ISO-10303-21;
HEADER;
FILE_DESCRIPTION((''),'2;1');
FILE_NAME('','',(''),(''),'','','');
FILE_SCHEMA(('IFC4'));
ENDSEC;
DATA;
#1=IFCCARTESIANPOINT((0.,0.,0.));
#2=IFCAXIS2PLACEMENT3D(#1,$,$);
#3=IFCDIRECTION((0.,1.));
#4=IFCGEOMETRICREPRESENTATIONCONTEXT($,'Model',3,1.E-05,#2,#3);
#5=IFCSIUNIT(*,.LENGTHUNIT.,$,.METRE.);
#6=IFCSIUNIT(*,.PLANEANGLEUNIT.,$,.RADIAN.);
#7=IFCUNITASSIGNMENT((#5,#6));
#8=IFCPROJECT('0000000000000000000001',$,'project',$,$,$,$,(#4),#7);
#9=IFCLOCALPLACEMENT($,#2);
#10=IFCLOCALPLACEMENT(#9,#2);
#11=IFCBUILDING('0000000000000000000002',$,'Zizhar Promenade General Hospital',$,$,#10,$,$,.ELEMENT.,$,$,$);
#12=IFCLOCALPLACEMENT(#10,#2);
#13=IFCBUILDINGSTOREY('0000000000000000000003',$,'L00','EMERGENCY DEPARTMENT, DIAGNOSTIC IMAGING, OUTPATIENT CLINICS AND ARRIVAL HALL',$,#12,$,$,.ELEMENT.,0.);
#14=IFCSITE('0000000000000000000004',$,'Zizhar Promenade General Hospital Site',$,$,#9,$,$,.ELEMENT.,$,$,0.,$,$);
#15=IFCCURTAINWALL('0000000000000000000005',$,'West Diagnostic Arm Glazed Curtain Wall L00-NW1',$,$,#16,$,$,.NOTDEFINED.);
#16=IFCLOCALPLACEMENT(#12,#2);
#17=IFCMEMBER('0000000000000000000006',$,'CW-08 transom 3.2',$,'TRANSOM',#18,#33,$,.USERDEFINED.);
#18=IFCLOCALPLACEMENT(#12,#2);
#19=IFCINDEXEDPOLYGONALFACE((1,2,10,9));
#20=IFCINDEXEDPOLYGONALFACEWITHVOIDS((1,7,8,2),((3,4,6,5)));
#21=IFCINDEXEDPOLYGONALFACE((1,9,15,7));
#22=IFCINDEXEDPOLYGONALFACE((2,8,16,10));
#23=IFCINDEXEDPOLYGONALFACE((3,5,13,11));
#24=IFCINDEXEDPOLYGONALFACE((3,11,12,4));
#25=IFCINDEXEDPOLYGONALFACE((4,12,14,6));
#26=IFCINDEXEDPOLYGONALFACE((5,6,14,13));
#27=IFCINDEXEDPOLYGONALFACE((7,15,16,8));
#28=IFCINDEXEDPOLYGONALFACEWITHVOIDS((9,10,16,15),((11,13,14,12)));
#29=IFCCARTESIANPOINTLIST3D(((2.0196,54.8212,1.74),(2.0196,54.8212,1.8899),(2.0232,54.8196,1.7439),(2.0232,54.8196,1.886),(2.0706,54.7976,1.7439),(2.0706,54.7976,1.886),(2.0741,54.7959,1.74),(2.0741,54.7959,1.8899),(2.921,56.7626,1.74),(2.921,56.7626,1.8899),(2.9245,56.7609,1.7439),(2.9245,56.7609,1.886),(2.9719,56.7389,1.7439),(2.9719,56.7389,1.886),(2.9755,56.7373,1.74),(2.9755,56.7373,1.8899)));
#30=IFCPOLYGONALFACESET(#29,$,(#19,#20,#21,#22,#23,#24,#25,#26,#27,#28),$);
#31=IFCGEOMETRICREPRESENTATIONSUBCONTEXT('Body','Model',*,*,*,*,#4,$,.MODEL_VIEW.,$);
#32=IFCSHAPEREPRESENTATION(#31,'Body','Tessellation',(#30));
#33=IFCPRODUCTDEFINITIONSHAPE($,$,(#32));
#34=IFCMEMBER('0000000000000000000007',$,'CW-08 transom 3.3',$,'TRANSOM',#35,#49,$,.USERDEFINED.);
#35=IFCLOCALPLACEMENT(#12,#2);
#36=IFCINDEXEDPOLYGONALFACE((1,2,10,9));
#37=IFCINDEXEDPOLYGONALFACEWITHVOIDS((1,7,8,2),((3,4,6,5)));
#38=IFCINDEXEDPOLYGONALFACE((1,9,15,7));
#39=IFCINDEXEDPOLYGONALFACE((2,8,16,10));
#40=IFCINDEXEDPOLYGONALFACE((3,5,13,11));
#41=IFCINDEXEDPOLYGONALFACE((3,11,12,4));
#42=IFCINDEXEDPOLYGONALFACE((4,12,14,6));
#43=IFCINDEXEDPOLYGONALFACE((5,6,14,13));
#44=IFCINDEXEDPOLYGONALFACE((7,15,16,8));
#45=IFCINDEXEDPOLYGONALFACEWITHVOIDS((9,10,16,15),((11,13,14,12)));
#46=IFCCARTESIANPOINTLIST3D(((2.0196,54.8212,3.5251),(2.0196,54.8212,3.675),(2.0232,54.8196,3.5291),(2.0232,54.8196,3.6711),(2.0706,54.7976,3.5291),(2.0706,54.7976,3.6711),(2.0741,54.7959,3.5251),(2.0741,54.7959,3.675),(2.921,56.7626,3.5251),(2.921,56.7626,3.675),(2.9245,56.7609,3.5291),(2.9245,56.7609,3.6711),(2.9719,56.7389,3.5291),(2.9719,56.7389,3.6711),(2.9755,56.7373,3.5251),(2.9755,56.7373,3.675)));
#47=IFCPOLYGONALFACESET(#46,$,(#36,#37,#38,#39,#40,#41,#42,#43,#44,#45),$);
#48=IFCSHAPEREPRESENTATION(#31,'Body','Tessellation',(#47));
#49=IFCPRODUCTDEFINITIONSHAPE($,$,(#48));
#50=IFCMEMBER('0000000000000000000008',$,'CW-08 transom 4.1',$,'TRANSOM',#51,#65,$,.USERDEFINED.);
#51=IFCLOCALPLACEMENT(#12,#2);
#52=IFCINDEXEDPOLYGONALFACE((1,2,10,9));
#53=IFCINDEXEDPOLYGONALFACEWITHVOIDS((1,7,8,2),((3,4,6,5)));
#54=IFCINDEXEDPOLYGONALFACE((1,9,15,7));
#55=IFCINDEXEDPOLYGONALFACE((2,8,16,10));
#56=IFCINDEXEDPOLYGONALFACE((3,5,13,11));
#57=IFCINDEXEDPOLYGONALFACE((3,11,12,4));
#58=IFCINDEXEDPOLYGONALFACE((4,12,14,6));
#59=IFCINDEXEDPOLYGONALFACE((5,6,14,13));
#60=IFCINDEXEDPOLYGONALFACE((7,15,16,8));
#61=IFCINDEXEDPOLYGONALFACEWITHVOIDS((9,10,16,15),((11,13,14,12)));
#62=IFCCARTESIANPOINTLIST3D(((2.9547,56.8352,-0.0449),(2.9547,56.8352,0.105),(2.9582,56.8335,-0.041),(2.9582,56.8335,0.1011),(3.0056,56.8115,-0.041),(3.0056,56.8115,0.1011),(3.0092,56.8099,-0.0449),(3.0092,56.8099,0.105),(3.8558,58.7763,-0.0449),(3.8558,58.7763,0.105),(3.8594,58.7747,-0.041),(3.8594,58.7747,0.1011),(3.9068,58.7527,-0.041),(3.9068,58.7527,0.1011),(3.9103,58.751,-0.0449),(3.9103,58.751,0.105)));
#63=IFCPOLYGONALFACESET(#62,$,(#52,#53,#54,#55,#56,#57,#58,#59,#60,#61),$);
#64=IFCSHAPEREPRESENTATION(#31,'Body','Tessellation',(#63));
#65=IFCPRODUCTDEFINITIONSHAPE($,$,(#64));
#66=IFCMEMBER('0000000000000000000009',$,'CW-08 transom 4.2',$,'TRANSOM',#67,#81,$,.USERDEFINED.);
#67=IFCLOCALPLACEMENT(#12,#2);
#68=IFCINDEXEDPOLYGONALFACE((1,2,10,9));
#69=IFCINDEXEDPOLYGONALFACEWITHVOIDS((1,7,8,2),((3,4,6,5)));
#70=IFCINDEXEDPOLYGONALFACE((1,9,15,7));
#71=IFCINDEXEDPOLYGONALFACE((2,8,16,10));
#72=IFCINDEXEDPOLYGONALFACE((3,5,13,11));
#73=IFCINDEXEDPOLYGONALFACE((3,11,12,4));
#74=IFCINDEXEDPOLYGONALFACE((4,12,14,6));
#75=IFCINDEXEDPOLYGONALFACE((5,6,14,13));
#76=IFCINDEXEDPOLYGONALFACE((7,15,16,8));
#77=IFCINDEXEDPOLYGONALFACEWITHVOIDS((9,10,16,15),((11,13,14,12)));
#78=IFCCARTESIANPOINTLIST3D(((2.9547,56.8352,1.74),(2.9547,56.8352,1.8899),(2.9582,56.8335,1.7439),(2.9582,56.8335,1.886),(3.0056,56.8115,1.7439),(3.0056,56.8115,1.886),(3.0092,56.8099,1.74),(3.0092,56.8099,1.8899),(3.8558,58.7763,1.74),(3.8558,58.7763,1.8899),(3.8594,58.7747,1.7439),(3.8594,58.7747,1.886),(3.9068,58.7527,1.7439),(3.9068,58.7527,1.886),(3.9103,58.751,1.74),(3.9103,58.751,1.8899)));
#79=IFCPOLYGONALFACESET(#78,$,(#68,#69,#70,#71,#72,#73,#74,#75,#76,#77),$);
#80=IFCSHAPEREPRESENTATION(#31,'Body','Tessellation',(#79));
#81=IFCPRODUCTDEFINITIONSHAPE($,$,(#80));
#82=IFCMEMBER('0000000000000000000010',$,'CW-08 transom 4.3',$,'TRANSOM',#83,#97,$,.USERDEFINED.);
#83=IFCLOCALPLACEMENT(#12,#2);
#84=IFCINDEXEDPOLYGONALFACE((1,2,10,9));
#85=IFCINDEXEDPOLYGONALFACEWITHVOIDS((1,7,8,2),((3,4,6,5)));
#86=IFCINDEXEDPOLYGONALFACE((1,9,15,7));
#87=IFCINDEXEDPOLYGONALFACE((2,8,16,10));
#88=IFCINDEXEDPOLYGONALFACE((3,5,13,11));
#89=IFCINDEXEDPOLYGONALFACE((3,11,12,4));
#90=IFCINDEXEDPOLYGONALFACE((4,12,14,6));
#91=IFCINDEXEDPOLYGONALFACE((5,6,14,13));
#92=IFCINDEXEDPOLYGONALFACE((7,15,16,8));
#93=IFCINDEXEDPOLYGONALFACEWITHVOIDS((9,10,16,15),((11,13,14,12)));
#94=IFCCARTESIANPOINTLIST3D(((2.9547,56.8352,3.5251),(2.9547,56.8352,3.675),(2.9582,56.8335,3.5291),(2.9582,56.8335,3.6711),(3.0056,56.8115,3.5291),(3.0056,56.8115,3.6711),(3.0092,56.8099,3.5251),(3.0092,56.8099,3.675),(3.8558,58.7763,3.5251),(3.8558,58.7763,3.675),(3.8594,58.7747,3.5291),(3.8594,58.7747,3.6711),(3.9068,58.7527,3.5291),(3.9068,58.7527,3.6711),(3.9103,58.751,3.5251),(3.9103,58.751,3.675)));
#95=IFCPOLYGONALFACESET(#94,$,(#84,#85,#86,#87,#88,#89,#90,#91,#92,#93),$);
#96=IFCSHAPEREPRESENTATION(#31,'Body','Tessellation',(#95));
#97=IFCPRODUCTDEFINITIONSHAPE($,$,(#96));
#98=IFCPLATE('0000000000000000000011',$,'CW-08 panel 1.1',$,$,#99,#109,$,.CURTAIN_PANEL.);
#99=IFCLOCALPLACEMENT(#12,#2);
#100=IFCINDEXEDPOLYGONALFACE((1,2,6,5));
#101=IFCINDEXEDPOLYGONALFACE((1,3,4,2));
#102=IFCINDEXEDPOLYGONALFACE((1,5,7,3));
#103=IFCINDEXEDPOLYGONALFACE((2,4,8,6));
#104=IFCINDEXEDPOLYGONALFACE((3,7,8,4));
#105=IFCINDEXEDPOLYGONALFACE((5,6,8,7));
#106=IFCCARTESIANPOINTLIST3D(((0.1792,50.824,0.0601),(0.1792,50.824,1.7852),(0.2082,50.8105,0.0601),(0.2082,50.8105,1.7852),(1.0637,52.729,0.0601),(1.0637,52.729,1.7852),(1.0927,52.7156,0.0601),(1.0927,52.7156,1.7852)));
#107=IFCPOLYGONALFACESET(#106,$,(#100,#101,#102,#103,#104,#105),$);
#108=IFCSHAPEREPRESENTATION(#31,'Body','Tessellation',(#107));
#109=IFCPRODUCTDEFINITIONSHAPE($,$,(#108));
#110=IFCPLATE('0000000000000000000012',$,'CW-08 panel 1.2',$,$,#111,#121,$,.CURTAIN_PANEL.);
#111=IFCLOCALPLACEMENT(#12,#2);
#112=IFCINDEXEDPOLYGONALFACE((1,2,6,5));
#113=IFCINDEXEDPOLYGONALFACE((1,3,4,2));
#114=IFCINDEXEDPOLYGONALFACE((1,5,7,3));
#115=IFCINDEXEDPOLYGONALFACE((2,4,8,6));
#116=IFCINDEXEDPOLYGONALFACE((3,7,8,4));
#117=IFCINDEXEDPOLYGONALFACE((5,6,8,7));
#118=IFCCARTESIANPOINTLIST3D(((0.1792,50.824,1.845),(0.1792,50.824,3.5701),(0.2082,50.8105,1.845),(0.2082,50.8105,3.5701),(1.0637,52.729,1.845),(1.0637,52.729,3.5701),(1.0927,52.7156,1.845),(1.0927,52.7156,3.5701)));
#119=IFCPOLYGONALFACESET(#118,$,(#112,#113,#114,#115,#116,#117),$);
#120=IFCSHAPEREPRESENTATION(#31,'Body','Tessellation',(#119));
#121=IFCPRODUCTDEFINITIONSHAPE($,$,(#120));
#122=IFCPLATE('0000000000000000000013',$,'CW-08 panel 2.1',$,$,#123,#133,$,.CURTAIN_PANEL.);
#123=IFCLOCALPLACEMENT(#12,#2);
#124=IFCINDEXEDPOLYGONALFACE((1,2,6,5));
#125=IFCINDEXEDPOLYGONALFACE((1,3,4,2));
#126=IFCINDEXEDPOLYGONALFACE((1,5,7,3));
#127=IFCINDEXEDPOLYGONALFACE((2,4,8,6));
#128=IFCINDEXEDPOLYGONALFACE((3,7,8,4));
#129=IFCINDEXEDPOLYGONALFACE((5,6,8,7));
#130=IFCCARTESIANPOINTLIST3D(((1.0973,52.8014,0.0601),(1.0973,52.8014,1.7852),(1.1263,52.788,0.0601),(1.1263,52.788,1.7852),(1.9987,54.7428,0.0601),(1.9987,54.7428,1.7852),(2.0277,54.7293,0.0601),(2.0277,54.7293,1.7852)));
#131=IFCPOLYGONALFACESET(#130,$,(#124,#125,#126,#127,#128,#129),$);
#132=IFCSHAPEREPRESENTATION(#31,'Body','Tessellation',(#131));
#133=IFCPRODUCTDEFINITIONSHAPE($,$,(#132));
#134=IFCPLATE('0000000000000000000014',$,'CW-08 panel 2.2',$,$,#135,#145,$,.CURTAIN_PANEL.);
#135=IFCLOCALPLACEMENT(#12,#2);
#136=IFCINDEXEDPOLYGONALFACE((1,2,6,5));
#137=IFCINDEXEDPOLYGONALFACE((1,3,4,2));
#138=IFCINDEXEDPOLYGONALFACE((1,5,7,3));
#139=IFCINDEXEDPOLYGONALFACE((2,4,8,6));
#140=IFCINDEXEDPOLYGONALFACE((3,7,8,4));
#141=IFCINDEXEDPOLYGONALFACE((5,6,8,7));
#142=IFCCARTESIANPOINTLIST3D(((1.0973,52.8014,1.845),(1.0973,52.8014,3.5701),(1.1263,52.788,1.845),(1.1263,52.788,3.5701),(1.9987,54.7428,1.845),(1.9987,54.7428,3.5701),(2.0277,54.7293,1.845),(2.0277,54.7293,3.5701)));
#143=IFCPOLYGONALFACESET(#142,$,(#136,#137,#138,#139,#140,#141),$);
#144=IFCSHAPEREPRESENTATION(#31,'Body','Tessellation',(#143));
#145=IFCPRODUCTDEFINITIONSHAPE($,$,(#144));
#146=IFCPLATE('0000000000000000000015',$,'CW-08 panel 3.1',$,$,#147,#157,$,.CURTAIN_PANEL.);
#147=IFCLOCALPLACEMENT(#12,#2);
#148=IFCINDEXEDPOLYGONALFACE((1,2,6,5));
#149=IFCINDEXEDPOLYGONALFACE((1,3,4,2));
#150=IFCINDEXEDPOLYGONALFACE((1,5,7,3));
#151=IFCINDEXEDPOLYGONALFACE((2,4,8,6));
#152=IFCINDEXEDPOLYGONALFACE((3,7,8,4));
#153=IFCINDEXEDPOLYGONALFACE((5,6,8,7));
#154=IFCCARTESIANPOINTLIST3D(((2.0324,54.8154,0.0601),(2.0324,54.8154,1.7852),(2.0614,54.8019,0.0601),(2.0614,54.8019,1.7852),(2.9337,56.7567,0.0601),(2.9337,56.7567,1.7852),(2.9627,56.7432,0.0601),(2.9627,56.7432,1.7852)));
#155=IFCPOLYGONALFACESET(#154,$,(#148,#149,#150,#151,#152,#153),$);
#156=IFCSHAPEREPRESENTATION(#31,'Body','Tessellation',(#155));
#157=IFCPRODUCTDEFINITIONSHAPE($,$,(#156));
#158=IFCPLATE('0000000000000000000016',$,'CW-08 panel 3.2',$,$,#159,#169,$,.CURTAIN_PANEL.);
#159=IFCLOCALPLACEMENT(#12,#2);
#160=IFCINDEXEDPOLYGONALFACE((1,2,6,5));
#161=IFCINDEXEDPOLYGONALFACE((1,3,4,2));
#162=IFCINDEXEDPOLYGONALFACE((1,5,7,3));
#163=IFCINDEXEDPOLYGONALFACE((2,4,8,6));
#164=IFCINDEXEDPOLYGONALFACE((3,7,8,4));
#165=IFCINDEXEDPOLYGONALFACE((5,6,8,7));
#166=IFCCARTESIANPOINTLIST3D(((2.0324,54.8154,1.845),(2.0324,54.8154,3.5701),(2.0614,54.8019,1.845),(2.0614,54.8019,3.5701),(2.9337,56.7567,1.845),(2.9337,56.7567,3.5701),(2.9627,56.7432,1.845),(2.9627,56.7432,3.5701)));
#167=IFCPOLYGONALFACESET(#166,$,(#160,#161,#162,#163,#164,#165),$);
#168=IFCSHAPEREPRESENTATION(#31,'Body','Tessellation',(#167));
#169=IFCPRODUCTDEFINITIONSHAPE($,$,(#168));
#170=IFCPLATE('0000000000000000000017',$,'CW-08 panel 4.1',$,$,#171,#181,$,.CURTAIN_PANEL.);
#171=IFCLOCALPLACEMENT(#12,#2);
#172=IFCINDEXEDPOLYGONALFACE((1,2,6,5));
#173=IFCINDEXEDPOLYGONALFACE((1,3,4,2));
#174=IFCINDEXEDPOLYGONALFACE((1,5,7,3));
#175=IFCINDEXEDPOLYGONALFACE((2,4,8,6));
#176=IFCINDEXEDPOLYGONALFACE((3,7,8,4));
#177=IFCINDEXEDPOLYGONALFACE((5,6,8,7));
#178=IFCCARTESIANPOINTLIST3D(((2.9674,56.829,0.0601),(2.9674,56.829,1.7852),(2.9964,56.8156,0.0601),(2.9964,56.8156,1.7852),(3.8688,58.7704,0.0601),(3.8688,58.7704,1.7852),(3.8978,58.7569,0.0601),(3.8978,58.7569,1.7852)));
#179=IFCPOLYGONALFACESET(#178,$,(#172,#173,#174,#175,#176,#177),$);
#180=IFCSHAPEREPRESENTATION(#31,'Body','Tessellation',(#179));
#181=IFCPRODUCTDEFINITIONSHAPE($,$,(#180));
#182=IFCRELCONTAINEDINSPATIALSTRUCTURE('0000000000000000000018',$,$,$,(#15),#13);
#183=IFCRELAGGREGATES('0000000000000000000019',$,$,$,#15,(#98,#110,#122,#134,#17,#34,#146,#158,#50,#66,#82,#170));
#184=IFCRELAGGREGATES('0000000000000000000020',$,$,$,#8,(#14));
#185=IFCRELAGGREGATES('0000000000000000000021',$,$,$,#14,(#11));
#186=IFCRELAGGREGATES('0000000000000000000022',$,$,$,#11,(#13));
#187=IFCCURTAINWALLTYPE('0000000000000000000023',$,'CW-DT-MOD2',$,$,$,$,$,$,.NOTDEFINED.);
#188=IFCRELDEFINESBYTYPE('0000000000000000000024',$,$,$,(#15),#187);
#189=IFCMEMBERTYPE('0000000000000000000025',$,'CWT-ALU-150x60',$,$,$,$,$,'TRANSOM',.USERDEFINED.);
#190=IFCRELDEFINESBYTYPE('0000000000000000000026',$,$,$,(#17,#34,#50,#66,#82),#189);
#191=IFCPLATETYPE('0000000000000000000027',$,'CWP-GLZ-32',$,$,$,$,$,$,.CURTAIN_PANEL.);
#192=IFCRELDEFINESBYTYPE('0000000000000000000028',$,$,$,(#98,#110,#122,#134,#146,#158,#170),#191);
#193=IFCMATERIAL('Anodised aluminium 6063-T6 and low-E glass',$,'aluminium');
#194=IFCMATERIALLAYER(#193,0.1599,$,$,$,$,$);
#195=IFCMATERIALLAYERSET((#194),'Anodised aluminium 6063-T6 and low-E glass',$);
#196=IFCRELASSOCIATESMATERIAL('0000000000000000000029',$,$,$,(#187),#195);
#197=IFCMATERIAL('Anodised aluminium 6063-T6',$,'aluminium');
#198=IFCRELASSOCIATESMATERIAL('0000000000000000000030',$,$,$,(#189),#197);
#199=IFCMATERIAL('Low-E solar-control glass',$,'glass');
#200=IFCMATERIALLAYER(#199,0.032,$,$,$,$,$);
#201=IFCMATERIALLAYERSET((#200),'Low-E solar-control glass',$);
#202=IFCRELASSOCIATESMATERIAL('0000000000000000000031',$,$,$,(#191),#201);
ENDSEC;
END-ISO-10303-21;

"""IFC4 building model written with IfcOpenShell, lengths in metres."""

from ifc_helpers import new_model, si_unit, direction, frame, origin, origin_2d, place, context, subcontext, project, spatial, rectangle, hollow_rectangle, extrude, material, layer, layer_set, material_profile, profile_set, type_object, element, aggregate, save


model = new_model("IFC4")

# Units and contexts
model_context = context("Model", 3, precision=1e-05, world=origin(), true_north=direction((0.0, 1.0)))
body_context = subcontext(model_context, "Body", "Model", "MODEL_VIEW")
ifc_project = project(units=[si_unit("LENGTHUNIT", "METRE"), si_unit("PLANEANGLEUNIT", "RADIAN")], contexts=[model_context])

# Site, building, storey
site_placement = place(None, origin())
site = spatial("IfcSite", under=ifc_project, at=site_placement, Name="Zizhar Promenade General Hospital Site", CompositionType="ELEMENT", RefElevation=0.0)
building_placement = place(site_placement, origin())
building = spatial("IfcBuilding", under=site, at=building_placement, Name="Zizhar Promenade General Hospital", CompositionType="ELEMENT")
storey_placement = place(building_placement, origin())
storey = spatial("IfcBuildingStorey", under=building, at=storey_placement, Name="L00", Description="EMERGENCY DEPARTMENT, DIAGNOSTIC IMAGING, OUTPATIENT CLINICS AND ARRIVAL HALL", CompositionType="ELEMENT", Elevation=0.0)

# Curtain wall, members, plates
ifc_material_1 = material(Name="Anodised aluminium 6063-T6 and low-E glass", Category="aluminium")
ifc_layer_1 = layer(ifc_material_1, 0.1599)
ifc_layer_set_1 = layer_set([ifc_layer_1], Name="Anodised aluminium 6063-T6 and low-E glass")
curtain_wall_type = type_object("IfcCurtainWallType", Name="CW-DT-MOD2", PredefinedType="NOTDEFINED", material=ifc_layer_set_1)
curtain_wall_placement = place(storey_placement, origin())
curtain_wall = element("IfcCurtainWall", 1, at=curtain_wall_placement, inside=storey, type_object=curtain_wall_type, Name="West Diagnostic Arm Glazed Curtain Wall L00-NW1", PredefinedType="NOTDEFINED")
ifc_material_2 = material(Name="Anodised aluminium 6063-T6", Category="aluminium")
ifc_material_profile_1 = material_profile(ifc_material_2, hollow_rectangle(XDim=0.0601, YDim=0.1499, WallThickness=0.0039, at=origin_2d()))
ifc_profile_set_1 = profile_set([ifc_material_profile_1], Name="Anodised aluminium 6063-T6")
member_type_1 = type_object("IfcMemberType", Name="CWT-ALU-150x60", ElementType="TRANSOM", PredefinedType="USERDEFINED", material=ifc_profile_set_1)
member_1_placement = place(storey_placement, frame((2.0469, 54.8086, 1.8149), z_axis=(0.421111, 0.907009, 0.0), x_axis=(-0.907009, 0.421111, 0.0)))
member_1 = element("IfcMember", 2, at=member_1_placement, type_object=member_type_1, Name="CW-08 transom 3.2", ObjectType="TRANSOM", PredefinedType="USERDEFINED", context=body_context, shape_type="SweptSolid", body=[
    extrude(hollow_rectangle(XDim=0.0601, YDim=0.1499, WallThickness=0.0039, at=origin_2d()), origin(), (0.0, 0.0, 1.0), 2.1404),
])
member_2_placement = place(storey_placement, frame((2.0469, 54.8086, 3.6001), z_axis=(0.421111, 0.907009, 0.0), x_axis=(-0.907009, 0.421111, 0.0)))
member_2 = element("IfcMember", 3, at=member_2_placement, type_object=member_type_1, Name="CW-08 transom 3.3", ObjectType="TRANSOM", PredefinedType="USERDEFINED", context=body_context, shape_type="SweptSolid", body=[
    extrude(hollow_rectangle(XDim=0.0601, YDim=0.1499, WallThickness=0.0039, at=origin_2d()), origin(), (0.0, 0.0, 1.0), 2.1404),
])
member_3_placement = place(storey_placement, frame((2.9819, 56.8225, 0.03), z_axis=(0.421061, 0.907032, 0.0), x_axis=(-0.907032, 0.421061, 0.0)))
member_3 = element("IfcMember", 4, at=member_3_placement, type_object=member_type_1, Name="CW-08 transom 4.1", ObjectType="TRANSOM", PredefinedType="USERDEFINED", context=body_context, shape_type="SweptSolid", body=[
    extrude(hollow_rectangle(XDim=0.0601, YDim=0.1499, WallThickness=0.0039, at=origin_2d()), origin(), (0.0, 0.0, 1.0), 2.1401),
])
member_4_placement = place(storey_placement, frame((2.9819, 56.8225, 1.8149), z_axis=(0.421061, 0.907032, 0.0), x_axis=(-0.907032, 0.421061, 0.0)))
member_4 = element("IfcMember", 5, at=member_4_placement, type_object=member_type_1, Name="CW-08 transom 4.2", ObjectType="TRANSOM", PredefinedType="USERDEFINED", context=body_context, shape_type="SweptSolid", body=[
    extrude(hollow_rectangle(XDim=0.0601, YDim=0.1499, WallThickness=0.0039, at=origin_2d()), origin(), (0.0, 0.0, 1.0), 2.1401),
])
member_5_placement = place(storey_placement, frame((2.9819, 56.8225, 3.6001), z_axis=(0.421061, 0.907032, 0.0), x_axis=(-0.907032, 0.421061, 0.0)))
member_5 = element("IfcMember", 6, at=member_5_placement, type_object=member_type_1, Name="CW-08 transom 4.3", ObjectType="TRANSOM", PredefinedType="USERDEFINED", context=body_context, shape_type="SweptSolid", body=[
    extrude(hollow_rectangle(XDim=0.0601, YDim=0.1499, WallThickness=0.0039, at=origin_2d()), origin(), (0.0, 0.0, 1.0), 2.1401),
])
ifc_material_3 = material(Name="Low-E solar-control glass", Category="glass")
ifc_layer_2 = layer(ifc_material_3, 0.032)
ifc_layer_set_2 = layer_set([ifc_layer_2], Name="Low-E solar-control glass")
plate_type = type_object("IfcPlateType", Name="CWP-GLZ-32", PredefinedType="CURTAIN_PANEL", material=ifc_layer_set_2)
plate_1_placement = place(storey_placement, frame((0.636, 51.7698, 0.0601), z_axis=(0.0, 0.0, 1.0), x_axis=(0.421115, 0.907007, 0.0)))
plate_1 = element("IfcPlate", 7, at=plate_1_placement, type_object=plate_type, Name="CW-08 panel 1.1", PredefinedType="CURTAIN_PANEL", context=body_context, shape_type="SweptSolid", body=[
    extrude(rectangle(XDim=2.1003, YDim=0.032, at=origin_2d()), origin(), (0.0, 0.0, 1.0), 1.7251),
])
plate_2_placement = place(storey_placement, frame((0.636, 51.7698, 1.845), z_axis=(0.0, 0.0, 1.0), x_axis=(0.421115, 0.907007, 0.0)))
plate_2 = element("IfcPlate", 8, at=plate_2_placement, type_object=plate_type, Name="CW-08 panel 1.2", PredefinedType="CURTAIN_PANEL", context=body_context, shape_type="SweptSolid", body=[
    extrude(rectangle(XDim=2.1003, YDim=0.032, at=origin_2d()), origin(), (0.0, 0.0, 1.0), 1.7251),
])
plate_3_placement = place(storey_placement, frame((1.5625, 53.7654, 0.0601), z_axis=(0.0, 0.0, 1.0), x_axis=(0.421115, 0.907007, 0.0)))
plate_3 = element("IfcPlate", 9, at=plate_3_placement, type_object=plate_type, Name="CW-08 panel 2.1", PredefinedType="CURTAIN_PANEL", context=body_context, shape_type="SweptSolid", body=[
    extrude(rectangle(XDim=2.1404, YDim=0.032, at=origin_2d()), origin(), (0.0, 0.0, 1.0), 1.7251),
])
plate_4_placement = place(storey_placement, frame((1.5625, 53.7654, 1.845), z_axis=(0.0, 0.0, 1.0), x_axis=(0.421115, 0.907007, 0.0)))
plate_4 = element("IfcPlate", 10, at=plate_4_placement, type_object=plate_type, Name="CW-08 panel 2.2", PredefinedType="CURTAIN_PANEL", context=body_context, shape_type="SweptSolid", body=[
    extrude(rectangle(XDim=2.1404, YDim=0.032, at=origin_2d()), origin(), (0.0, 0.0, 1.0), 1.7251),
])
plate_5_placement = place(storey_placement, frame((2.4976, 55.7793, 0.0601), z_axis=(0.0, 0.0, 1.0), x_axis=(0.421115, 0.907007, 0.0)))
plate_5 = element("IfcPlate", 11, at=plate_5_placement, type_object=plate_type, Name="CW-08 panel 3.1", PredefinedType="CURTAIN_PANEL", context=body_context, shape_type="SweptSolid", body=[
    extrude(rectangle(XDim=2.1404, YDim=0.032, at=origin_2d()), origin(), (0.0, 0.0, 1.0), 1.7251),
])
plate_6_placement = place(storey_placement, frame((2.4976, 55.7793, 1.845), z_axis=(0.0, 0.0, 1.0), x_axis=(0.421115, 0.907007, 0.0)))
plate_6 = element("IfcPlate", 12, at=plate_6_placement, type_object=plate_type, Name="CW-08 panel 3.2", PredefinedType="CURTAIN_PANEL", context=body_context, shape_type="SweptSolid", body=[
    extrude(rectangle(XDim=2.1404, YDim=0.032, at=origin_2d()), origin(), (0.0, 0.0, 1.0), 1.7251),
])
plate_7_placement = place(storey_placement, frame((3.4326, 57.793, 0.0601), z_axis=(0.0, 0.0, 1.0), x_axis=(0.421115, 0.907007, 0.0)))
plate_7 = element("IfcPlate", 13, at=plate_7_placement, type_object=plate_type, Name="CW-08 panel 4.1", PredefinedType="CURTAIN_PANEL", context=body_context, shape_type="SweptSolid", body=[
    extrude(rectangle(XDim=2.1404, YDim=0.032, at=origin_2d()), origin(), (0.0, 0.0, 1.0), 1.7251),
])
aggregate(curtain_wall, [plate_1, plate_2, plate_3, plate_4, member_1, member_2, plate_5, plate_6, member_3, member_4, member_5, plate_7])

save(model, "model.ifc")
